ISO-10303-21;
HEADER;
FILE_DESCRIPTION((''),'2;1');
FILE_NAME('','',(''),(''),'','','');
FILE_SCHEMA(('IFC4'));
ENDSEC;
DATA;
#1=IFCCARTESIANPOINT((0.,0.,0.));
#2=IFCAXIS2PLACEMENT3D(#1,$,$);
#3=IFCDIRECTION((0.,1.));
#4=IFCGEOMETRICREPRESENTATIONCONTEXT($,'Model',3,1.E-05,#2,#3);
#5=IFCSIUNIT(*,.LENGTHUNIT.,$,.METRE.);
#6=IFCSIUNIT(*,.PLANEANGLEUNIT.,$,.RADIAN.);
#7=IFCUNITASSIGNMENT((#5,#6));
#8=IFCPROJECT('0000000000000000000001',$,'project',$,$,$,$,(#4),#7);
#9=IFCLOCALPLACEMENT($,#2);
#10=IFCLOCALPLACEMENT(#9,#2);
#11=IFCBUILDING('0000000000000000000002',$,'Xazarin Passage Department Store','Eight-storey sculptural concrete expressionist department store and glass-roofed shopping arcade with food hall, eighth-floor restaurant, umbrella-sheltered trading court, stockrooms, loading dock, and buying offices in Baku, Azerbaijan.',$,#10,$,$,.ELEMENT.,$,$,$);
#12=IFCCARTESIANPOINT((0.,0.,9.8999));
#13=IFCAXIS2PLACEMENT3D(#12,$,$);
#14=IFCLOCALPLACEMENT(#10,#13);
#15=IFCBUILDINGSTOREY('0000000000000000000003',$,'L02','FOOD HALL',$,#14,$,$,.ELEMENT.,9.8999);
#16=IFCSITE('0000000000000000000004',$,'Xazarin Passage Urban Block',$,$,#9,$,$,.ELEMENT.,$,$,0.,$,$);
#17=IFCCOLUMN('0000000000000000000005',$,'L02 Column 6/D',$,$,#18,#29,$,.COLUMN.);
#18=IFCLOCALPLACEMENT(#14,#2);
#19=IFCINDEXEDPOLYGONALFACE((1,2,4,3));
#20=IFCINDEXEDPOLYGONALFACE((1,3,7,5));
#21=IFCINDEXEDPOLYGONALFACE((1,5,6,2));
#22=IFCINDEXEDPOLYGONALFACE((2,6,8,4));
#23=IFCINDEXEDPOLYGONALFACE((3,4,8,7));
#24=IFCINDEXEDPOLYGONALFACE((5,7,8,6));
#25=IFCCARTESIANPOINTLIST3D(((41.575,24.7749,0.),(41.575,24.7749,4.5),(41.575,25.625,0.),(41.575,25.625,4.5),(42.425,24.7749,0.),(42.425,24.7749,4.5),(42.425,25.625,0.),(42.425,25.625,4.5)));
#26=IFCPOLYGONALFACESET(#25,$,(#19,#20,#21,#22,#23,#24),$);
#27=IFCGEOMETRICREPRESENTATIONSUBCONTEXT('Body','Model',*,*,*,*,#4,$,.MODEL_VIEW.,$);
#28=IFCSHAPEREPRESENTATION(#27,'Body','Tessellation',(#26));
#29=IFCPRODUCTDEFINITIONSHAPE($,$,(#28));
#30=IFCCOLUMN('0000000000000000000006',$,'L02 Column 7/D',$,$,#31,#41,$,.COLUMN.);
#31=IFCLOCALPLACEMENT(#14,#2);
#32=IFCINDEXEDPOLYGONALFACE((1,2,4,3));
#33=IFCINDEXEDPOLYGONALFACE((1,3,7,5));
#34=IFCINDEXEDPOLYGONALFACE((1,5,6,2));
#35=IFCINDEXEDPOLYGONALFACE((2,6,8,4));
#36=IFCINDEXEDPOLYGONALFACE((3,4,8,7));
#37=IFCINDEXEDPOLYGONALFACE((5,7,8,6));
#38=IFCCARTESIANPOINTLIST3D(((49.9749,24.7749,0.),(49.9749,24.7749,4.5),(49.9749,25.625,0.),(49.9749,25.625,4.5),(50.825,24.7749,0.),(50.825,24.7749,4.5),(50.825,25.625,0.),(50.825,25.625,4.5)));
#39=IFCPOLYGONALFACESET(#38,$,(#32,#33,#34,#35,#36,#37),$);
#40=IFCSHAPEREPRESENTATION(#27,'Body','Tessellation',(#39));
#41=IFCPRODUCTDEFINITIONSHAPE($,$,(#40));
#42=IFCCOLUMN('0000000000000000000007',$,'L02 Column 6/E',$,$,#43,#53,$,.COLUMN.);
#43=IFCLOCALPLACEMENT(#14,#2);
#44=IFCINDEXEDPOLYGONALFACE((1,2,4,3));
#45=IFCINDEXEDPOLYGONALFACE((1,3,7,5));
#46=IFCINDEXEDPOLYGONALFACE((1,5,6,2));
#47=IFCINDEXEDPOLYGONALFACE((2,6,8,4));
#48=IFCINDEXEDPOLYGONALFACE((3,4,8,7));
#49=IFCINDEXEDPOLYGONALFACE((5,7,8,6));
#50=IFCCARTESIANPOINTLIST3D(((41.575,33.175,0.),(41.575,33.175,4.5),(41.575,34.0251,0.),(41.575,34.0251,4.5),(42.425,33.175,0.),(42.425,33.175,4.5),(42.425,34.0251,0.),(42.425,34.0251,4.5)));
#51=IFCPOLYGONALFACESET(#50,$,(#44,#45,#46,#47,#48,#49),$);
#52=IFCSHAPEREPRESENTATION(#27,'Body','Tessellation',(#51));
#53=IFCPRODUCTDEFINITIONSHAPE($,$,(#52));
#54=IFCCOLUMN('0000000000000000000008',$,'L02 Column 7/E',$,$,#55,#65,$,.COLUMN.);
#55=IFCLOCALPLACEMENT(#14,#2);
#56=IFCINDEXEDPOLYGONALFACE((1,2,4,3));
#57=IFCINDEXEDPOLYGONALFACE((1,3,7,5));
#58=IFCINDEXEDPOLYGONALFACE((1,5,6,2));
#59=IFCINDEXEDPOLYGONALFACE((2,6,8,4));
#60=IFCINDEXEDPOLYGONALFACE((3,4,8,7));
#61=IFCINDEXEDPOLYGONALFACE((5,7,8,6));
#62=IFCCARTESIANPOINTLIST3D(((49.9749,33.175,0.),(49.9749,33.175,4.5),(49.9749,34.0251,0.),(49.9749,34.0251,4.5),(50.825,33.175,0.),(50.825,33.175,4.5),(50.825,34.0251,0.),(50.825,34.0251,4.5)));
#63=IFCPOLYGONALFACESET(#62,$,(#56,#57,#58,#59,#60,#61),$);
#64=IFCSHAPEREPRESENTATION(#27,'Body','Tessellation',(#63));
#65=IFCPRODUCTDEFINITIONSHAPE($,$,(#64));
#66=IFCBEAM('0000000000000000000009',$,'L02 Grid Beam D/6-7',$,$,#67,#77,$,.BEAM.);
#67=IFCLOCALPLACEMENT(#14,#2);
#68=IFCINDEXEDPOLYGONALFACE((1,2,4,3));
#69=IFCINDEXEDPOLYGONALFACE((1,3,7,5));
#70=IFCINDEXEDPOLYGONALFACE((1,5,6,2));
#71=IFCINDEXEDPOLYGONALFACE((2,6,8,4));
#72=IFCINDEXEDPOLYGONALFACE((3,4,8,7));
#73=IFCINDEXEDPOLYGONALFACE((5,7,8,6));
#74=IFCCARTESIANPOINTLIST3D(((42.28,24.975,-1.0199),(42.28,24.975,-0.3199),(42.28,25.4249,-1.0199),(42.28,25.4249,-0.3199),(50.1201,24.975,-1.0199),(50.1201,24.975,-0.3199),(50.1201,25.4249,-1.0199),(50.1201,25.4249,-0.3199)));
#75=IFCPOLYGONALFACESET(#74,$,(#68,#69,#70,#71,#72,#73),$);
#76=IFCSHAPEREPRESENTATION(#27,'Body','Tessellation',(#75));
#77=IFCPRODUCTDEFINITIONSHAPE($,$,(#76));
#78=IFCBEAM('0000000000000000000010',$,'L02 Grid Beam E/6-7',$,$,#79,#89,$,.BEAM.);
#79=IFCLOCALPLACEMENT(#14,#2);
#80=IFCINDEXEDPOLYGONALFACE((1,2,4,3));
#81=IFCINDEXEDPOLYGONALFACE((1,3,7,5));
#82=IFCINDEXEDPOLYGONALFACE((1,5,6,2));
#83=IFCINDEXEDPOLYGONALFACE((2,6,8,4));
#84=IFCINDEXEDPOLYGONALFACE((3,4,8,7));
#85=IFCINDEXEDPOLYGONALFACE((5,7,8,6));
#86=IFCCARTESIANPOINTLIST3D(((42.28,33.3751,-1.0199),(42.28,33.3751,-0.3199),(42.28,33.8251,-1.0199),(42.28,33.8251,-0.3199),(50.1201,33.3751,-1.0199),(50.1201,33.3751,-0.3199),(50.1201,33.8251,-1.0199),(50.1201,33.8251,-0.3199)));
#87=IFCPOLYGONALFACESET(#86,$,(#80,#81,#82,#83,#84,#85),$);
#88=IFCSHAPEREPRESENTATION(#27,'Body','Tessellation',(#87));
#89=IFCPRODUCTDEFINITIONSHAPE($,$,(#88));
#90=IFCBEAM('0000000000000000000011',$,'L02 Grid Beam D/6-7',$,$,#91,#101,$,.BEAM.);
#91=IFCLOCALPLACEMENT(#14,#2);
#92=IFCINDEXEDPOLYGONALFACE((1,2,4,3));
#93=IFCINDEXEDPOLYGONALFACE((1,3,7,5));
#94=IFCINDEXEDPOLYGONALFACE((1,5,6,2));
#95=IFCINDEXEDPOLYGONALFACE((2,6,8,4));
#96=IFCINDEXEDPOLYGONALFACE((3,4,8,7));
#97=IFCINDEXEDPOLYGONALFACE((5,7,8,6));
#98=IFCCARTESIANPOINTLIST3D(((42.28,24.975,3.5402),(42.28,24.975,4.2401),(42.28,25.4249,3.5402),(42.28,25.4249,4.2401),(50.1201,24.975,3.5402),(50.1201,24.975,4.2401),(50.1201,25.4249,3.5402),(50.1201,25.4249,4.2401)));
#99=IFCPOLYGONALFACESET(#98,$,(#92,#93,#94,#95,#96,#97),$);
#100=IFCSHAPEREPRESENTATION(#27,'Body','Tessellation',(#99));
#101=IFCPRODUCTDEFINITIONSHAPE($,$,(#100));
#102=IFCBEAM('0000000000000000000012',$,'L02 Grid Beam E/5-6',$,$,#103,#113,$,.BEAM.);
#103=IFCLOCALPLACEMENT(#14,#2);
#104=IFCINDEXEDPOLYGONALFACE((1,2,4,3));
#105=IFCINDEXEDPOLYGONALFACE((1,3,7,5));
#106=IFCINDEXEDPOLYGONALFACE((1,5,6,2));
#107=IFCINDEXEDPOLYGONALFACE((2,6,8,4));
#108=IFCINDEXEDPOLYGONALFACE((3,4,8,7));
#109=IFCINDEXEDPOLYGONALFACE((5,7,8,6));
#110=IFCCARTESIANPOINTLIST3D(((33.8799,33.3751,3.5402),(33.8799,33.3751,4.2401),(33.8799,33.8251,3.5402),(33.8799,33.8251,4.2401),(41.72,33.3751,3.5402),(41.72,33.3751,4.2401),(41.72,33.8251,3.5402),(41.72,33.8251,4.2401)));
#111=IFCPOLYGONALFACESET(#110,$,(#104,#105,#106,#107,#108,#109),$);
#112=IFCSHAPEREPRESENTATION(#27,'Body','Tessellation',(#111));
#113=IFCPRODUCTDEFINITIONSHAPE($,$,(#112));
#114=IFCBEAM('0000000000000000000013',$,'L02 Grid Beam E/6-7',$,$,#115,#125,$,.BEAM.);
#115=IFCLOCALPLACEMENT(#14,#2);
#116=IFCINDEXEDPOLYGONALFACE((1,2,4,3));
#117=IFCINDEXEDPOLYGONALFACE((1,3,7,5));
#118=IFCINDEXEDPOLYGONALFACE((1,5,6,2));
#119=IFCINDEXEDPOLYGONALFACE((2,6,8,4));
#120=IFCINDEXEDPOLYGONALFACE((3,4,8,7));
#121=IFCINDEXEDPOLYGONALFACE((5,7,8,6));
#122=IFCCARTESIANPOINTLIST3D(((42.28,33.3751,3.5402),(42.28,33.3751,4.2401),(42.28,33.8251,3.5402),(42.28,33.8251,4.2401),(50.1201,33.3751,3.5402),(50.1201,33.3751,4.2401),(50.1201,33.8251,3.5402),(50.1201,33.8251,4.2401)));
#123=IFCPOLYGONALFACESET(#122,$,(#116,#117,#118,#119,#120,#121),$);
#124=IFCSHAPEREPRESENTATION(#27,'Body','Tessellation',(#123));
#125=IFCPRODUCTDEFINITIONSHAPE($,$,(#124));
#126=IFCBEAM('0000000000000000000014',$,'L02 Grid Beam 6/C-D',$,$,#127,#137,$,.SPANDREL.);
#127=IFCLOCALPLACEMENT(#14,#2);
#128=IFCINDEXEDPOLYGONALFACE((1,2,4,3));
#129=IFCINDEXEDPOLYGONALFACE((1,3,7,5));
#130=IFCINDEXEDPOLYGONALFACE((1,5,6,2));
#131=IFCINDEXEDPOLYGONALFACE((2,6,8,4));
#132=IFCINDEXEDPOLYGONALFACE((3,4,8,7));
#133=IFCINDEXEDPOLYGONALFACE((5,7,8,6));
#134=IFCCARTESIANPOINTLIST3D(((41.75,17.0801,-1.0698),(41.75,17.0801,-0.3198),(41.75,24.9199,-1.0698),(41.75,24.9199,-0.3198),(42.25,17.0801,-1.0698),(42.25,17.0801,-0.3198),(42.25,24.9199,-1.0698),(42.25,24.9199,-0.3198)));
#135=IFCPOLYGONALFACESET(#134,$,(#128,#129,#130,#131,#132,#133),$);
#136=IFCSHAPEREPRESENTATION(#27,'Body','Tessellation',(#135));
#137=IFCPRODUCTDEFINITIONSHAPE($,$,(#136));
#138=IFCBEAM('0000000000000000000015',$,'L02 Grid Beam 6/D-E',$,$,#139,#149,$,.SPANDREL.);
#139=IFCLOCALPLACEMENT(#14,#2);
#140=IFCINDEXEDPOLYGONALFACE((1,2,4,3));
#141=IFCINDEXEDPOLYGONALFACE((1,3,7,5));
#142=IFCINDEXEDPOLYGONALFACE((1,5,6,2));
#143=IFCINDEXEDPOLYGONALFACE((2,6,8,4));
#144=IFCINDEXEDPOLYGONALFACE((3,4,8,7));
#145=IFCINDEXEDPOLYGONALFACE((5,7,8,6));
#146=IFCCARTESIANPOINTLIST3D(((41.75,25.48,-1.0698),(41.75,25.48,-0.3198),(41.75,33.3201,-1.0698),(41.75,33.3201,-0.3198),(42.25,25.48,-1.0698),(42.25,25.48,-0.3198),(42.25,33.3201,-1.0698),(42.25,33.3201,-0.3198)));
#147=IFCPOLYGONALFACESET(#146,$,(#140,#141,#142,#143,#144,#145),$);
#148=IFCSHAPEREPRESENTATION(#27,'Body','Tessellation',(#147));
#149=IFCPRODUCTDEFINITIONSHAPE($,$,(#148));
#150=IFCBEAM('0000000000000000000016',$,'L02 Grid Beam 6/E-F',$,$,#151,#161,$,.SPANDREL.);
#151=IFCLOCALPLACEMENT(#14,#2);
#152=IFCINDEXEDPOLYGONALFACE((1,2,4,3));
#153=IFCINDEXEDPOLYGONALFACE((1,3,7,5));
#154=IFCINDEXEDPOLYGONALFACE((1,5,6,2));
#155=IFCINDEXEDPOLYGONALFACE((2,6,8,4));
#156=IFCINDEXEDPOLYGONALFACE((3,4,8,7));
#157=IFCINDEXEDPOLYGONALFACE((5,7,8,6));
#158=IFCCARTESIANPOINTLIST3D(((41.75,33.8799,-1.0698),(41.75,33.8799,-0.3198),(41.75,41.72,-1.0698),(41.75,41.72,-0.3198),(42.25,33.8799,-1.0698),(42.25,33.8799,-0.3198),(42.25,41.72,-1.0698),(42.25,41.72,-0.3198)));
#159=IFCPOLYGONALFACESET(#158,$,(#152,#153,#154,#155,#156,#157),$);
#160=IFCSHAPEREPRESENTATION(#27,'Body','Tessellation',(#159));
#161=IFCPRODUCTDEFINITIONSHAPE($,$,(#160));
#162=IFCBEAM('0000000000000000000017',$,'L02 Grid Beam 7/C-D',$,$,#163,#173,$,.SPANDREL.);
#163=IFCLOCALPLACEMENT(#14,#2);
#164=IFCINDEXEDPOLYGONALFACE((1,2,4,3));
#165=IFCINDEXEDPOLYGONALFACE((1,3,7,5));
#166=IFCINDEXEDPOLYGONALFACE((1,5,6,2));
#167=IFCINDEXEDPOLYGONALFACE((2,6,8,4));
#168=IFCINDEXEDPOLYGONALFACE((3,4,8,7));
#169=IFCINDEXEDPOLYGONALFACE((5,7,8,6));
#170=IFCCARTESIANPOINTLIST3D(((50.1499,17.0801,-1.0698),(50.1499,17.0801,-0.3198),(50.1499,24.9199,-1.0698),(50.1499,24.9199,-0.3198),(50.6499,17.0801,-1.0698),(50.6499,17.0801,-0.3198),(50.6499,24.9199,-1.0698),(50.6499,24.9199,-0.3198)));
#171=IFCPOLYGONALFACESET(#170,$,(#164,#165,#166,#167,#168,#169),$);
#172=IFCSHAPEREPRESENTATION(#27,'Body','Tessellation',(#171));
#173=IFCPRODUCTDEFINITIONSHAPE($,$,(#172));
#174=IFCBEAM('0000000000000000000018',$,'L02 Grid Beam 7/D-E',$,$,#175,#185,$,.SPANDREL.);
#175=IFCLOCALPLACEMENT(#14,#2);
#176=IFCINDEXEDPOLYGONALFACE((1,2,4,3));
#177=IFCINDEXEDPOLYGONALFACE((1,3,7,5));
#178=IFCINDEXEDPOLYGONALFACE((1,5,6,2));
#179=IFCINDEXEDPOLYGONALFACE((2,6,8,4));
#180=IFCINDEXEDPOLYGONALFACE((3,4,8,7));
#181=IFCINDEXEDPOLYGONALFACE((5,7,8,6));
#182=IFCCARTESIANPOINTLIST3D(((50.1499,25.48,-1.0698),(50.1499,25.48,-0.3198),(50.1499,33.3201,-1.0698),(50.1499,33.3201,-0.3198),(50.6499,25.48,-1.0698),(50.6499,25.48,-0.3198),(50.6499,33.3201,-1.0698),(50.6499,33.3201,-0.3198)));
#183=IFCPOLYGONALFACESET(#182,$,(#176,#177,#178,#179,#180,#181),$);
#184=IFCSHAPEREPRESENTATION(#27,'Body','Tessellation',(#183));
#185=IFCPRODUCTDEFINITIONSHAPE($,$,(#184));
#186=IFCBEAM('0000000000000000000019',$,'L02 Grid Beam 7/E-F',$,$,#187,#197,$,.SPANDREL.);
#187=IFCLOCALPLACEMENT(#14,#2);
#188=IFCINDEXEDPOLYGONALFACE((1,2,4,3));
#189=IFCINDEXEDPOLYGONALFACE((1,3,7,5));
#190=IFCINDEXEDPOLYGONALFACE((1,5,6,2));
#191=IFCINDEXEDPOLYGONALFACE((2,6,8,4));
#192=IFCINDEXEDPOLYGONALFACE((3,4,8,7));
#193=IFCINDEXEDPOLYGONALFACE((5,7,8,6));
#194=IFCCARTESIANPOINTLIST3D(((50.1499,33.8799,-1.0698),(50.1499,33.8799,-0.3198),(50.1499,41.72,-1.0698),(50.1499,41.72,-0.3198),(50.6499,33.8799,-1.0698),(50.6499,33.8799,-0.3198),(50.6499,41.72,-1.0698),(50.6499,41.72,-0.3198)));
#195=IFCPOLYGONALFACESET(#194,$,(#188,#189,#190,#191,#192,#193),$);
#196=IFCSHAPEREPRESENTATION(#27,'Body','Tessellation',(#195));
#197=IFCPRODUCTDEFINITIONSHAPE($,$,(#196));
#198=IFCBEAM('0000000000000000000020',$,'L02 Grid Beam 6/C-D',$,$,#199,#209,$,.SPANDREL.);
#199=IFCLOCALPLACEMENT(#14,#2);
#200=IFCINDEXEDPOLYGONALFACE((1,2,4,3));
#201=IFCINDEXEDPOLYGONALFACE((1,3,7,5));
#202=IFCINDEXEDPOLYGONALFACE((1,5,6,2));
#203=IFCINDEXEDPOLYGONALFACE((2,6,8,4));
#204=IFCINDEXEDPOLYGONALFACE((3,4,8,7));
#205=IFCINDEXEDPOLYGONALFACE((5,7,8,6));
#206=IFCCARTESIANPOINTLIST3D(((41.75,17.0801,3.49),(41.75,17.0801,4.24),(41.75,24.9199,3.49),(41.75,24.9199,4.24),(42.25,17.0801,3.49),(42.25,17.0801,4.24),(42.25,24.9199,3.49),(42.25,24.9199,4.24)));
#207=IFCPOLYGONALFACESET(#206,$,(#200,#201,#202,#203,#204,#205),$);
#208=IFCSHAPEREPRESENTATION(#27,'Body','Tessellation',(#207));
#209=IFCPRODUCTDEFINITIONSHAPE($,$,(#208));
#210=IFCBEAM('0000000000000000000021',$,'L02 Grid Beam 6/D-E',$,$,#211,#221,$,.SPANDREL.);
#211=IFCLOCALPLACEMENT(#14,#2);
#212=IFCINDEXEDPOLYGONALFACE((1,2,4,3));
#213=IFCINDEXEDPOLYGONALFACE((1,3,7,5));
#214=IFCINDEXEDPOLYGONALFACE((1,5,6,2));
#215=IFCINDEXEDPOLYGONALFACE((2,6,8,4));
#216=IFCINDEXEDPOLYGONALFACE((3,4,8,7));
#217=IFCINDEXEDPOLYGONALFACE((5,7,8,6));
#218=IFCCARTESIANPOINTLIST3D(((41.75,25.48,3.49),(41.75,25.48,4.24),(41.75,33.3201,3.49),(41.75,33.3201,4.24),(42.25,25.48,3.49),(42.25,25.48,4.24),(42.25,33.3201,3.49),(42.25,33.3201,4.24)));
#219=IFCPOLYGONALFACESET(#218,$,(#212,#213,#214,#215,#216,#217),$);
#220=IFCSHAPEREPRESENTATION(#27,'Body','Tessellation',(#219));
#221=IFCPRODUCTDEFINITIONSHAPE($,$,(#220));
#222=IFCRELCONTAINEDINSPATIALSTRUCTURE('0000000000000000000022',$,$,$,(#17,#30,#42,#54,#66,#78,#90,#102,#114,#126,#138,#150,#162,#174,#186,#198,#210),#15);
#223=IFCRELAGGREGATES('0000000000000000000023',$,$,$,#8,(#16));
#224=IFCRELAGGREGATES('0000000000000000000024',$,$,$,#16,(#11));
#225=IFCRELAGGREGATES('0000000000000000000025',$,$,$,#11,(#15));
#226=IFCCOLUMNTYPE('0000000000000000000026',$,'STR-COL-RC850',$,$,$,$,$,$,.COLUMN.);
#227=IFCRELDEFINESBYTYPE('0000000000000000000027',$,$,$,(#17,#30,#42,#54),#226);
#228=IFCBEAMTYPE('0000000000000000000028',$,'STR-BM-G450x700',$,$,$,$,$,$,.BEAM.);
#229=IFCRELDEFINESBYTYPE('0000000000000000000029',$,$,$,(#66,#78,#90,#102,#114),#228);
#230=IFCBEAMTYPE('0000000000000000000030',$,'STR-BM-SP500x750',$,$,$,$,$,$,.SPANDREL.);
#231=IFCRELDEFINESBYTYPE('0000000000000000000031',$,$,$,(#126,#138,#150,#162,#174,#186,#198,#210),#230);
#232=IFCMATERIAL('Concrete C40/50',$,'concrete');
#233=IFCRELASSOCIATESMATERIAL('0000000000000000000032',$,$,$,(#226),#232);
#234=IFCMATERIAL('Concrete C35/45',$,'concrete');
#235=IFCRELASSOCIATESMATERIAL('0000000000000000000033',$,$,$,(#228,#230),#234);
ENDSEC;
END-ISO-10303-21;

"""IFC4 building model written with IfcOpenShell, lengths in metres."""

from ifc_helpers import new_model, si_unit, direction, frame, origin, origin_2d, place, context, subcontext, project, spatial, rectangle, extrude, material, material_profile, profile_set, type_object, element, save


model = new_model("IFC4")

# Units and contexts
model_context = context("Model", 3, precision=1e-05, world=origin(), true_north=direction((0.0, 1.0)))
body_context = subcontext(model_context, "Body", "Model", "MODEL_VIEW")
ifc_project = project(units=[si_unit("LENGTHUNIT", "METRE"), si_unit("PLANEANGLEUNIT", "RADIAN")], contexts=[model_context])

# Site, building, storey
site_placement = place(None, origin())
site = spatial("IfcSite", under=ifc_project, at=site_placement, Name="Xazarin Passage Urban Block", CompositionType="ELEMENT", RefElevation=0.0)
building_placement = place(site_placement, origin())
building = spatial("IfcBuilding", under=site, at=building_placement, Name="Xazarin Passage Department Store", Description="Eight-storey sculptural concrete expressionist department store and glass-roofed shopping arcade with food hall, eighth-floor restaurant, umbrella-sheltered trading court, stockrooms, loading dock, and buying offices in Baku, Azerbaijan.", CompositionType="ELEMENT")
storey_placement = place(building_placement, frame((0.0, 0.0, 9.8999)))
storey = spatial("IfcBuildingStorey", under=building, at=storey_placement, Name="L02", Description="FOOD HALL", CompositionType="ELEMENT", Elevation=9.8999)

# Columns
ifc_material_1 = material(Name="Concrete C40/50", Category="concrete")
ifc_material_profile_1 = material_profile(ifc_material_1, rectangle(XDim=0.8501, YDim=0.8501, at=origin_2d()), Name="RC 850x850")
ifc_profile_set_1 = profile_set([ifc_material_profile_1], Name="Concrete C40/50")
column_type = type_object("IfcColumnType", Name="STR-COL-RC850", PredefinedType="COLUMN", material=ifc_profile_set_1)
for number, where, z_axis, x_axis, name in (
    (1, (42.0, 25.2, 0.0), (0.0, 0.0, 1.0), (1.0, 0.0, 0.0), "L02 Column 6/D"),
    (2, (50.3999, 25.2, 0.0), (0.0, 0.0, 1.0), (1.0, 0.0, 0.0), "L02 Column 7/D"),
    (3, (42.0, 33.6001, 0.0), (0.0, 0.0, 1.0), (1.0, 0.0, 0.0), "L02 Column 6/E"),
    (4, (50.3999, 33.6001, 0.0), (0.0, 0.0, 1.0), (1.0, 0.0, 0.0), "L02 Column 7/E"),
):
    element("IfcColumn", number, at=place(storey_placement, frame(where, z_axis=z_axis, x_axis=x_axis)), inside=storey, type_object=column_type, Name=name, PredefinedType="COLUMN", context=body_context, shape_type="SweptSolid", body=[
        extrude(rectangle(XDim=0.8501, YDim=0.8501, at=origin_2d()), origin(), (0.0, 0.0, 1.0), 4.5),
    ])

# Beams
ifc_material_2 = material(Name="Concrete C35/45", Category="concrete")
ifc_material_profile_2 = material_profile(ifc_material_2, rectangle(XDim=0.45, YDim=0.7, at=origin_2d()), Name="RC 450x700")
ifc_profile_set_2 = profile_set([ifc_material_profile_2], Name="Concrete C35/45")
beam_type_1 = type_object("IfcBeamType", Name="STR-BM-G450x700", PredefinedType="BEAM", material=ifc_profile_set_2)
for number, where, z_axis, x_axis, name in (
    (5, (42.28, 25.2, -0.6699), (1.0, 0.0, 0.0), (0.0, 1.0, 0.0), "L02 Grid Beam D/6-7"),
    (6, (42.28, 33.6001, -0.6699), (1.0, 0.0, 0.0), (0.0, 1.0, 0.0), "L02 Grid Beam E/6-7"),
    (7, (42.28, 25.2, 3.8901), (1.0, 0.0, 0.0), (0.0, 1.0, 0.0), "L02 Grid Beam D/6-7"),
    (8, (33.8799, 33.6001, 3.8901), (1.0, 0.0, 0.0), (0.0, 1.0, 0.0), "L02 Grid Beam E/5-6"),
    (9, (42.28, 33.6001, 3.8901), (1.0, 0.0, 0.0), (0.0, 1.0, 0.0), "L02 Grid Beam E/6-7"),
):
    element("IfcBeam", number, at=place(storey_placement, frame(where, z_axis=z_axis, x_axis=x_axis)), inside=storey, type_object=beam_type_1, Name=name, PredefinedType="BEAM", context=body_context, shape_type="SweptSolid", body=[
        extrude(rectangle(XDim=0.45, YDim=0.7, at=origin_2d()), origin(), (0.0, 0.0, 1.0), 7.8401),
    ])
ifc_material_profile_3 = material_profile(ifc_material_2, rectangle(XDim=0.5, YDim=0.75, at=origin_2d()), Name="RC 500x750")
ifc_profile_set_3 = profile_set([ifc_material_profile_3], Name="Concrete C35/45")
beam_type_2 = type_object("IfcBeamType", Name="STR-BM-SP500x750", PredefinedType="SPANDREL", material=ifc_profile_set_3)
beam_1_placement = place(storey_placement, frame((42.0, 17.0801, -0.6948), z_axis=(0.0, 1.0, 0.0), x_axis=(-1.0, 0.0, 0.0)))
element("IfcBeam", 10, at=beam_1_placement, inside=storey, type_object=beam_type_2, Name="L02 Grid Beam 6/C-D", PredefinedType="SPANDREL", context=body_context, shape_type="SweptSolid", body=[
    extrude(rectangle(XDim=0.5, YDim=0.75, at=origin_2d()), origin(), (0.0, 0.0, 1.0), 7.8398),
])
for number, where, z_axis, x_axis, name in (
    (11, (42.0, 25.48, -0.6948), (0.0, 1.0, 0.0), (-1.0, 0.0, 0.0), "L02 Grid Beam 6/D-E"),
    (12, (42.0, 33.8799, -0.6948), (0.0, 1.0, 0.0), (-1.0, 0.0, 0.0), "L02 Grid Beam 6/E-F"),
):
    element("IfcBeam", number, at=place(storey_placement, frame(where, z_axis=z_axis, x_axis=x_axis)), inside=storey, type_object=beam_type_2, Name=name, PredefinedType="SPANDREL", context=body_context, shape_type="SweptSolid", body=[
        extrude(rectangle(XDim=0.5, YDim=0.75, at=origin_2d()), origin(), (0.0, 0.0, 1.0), 7.8401),
    ])
beam_2_placement = place(storey_placement, frame((50.3999, 17.0801, -0.6948), z_axis=(0.0, 1.0, 0.0), x_axis=(-1.0, 0.0, 0.0)))
element("IfcBeam", 13, at=beam_2_placement, inside=storey, type_object=beam_type_2, Name="L02 Grid Beam 7/C-D", PredefinedType="SPANDREL", context=body_context, shape_type="SweptSolid", body=[
    extrude(rectangle(XDim=0.5, YDim=0.75, at=origin_2d()), origin(), (0.0, 0.0, 1.0), 7.8398),
])
for number, where, z_axis, x_axis, name in (
    (14, (50.3999, 25.48, -0.6948), (0.0, 1.0, 0.0), (-1.0, 0.0, 0.0), "L02 Grid Beam 7/D-E"),
    (15, (50.3999, 33.8799, -0.6948), (0.0, 1.0, 0.0), (-1.0, 0.0, 0.0), "L02 Grid Beam 7/E-F"),
):
    element("IfcBeam", number, at=place(storey_placement, frame(where, z_axis=z_axis, x_axis=x_axis)), inside=storey, type_object=beam_type_2, Name=name, PredefinedType="SPANDREL", context=body_context, shape_type="SweptSolid", body=[
        extrude(rectangle(XDim=0.5, YDim=0.75, at=origin_2d()), origin(), (0.0, 0.0, 1.0), 7.8401),
    ])
beam_3_placement = place(storey_placement, frame((42.0, 17.0801, 3.865), z_axis=(0.0, 1.0, 0.0), x_axis=(-1.0, 0.0, 0.0)))
element("IfcBeam", 16, at=beam_3_placement, inside=storey, type_object=beam_type_2, Name="L02 Grid Beam 6/C-D", PredefinedType="SPANDREL", context=body_context, shape_type="SweptSolid", body=[
    extrude(rectangle(XDim=0.5, YDim=0.75, at=origin_2d()), origin(), (0.0, 0.0, 1.0), 7.8398),
])
for number, where, z_axis, x_axis, name in (
    (17, (42.0, 25.48, 3.865), (0.0, 1.0, 0.0), (-1.0, 0.0, 0.0), "L02 Grid Beam 6/D-E"),
):
    element("IfcBeam", number, at=place(storey_placement, frame(where, z_axis=z_axis, x_axis=x_axis)), inside=storey, type_object=beam_type_2, Name=name, PredefinedType="SPANDREL", context=body_context, shape_type="SweptSolid", body=[
        extrude(rectangle(XDim=0.5, YDim=0.75, at=origin_2d()), origin(), (0.0, 0.0, 1.0), 7.8401),
    ])

save(model, "model.ifc")
